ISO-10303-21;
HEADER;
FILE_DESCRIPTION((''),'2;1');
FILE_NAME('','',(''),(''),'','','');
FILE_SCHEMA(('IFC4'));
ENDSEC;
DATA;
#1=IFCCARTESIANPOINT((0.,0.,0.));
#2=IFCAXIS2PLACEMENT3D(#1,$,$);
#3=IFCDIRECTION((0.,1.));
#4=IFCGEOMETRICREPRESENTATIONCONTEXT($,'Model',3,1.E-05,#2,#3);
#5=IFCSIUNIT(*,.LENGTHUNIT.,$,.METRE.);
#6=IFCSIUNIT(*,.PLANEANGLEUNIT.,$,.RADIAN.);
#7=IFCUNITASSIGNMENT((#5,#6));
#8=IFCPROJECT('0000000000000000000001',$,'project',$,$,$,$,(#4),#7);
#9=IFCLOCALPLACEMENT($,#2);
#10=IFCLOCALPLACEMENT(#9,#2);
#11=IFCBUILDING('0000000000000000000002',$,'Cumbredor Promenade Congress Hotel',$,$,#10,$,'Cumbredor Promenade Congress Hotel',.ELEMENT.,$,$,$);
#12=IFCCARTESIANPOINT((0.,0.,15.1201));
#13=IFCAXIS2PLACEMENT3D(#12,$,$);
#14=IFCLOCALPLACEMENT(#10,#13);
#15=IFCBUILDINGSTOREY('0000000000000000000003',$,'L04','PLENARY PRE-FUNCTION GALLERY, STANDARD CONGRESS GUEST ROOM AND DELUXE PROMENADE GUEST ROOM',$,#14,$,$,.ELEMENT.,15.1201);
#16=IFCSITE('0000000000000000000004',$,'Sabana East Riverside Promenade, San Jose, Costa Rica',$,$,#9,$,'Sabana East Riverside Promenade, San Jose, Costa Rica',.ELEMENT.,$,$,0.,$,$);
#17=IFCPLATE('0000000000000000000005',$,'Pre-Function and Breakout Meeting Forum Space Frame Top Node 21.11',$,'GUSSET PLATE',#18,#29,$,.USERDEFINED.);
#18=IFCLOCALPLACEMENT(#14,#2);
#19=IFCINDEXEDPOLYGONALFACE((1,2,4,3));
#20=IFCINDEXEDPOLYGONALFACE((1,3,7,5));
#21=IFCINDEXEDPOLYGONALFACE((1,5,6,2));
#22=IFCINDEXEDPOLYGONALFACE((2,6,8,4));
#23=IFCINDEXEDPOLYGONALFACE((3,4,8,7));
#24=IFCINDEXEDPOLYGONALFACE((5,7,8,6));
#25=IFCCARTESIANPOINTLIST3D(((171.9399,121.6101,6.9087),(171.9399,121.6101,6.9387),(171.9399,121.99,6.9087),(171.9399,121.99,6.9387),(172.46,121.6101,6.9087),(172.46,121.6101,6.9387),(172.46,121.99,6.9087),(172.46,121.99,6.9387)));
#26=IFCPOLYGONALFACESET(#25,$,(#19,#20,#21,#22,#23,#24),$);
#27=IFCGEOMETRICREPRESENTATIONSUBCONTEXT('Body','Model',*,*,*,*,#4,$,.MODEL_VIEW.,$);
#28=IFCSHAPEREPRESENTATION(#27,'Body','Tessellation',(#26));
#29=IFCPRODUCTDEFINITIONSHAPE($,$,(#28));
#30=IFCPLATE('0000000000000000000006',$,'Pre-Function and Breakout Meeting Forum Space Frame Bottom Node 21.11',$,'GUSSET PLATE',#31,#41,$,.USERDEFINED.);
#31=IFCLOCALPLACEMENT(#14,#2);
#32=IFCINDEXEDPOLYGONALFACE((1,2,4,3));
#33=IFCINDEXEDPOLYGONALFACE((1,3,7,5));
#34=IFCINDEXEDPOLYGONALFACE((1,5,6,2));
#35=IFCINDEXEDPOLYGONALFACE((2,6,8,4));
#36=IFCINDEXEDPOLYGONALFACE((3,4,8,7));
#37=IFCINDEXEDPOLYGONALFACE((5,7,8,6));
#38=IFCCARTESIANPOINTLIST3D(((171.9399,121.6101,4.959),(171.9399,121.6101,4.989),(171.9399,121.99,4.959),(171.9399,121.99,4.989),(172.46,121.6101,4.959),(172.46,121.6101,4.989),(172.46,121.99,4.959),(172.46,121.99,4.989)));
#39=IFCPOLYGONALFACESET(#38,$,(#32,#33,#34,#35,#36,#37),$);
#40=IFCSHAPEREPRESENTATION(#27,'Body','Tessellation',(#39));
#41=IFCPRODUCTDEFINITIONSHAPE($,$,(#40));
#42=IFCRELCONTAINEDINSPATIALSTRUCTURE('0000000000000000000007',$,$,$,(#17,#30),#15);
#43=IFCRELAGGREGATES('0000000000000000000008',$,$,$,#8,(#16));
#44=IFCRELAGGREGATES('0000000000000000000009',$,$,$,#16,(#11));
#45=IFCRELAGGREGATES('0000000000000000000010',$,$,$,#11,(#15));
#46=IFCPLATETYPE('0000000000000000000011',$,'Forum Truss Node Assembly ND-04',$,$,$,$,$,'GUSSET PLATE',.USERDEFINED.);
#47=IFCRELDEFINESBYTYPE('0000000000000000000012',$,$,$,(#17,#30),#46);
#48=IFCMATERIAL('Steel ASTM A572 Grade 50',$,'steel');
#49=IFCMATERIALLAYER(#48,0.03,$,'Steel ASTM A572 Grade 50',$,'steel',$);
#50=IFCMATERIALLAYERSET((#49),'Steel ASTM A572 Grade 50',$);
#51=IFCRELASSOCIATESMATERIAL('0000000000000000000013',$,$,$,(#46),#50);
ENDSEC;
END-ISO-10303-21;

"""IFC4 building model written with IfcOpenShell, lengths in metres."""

from ifc_helpers import new_model, si_unit, direction, frame, origin, origin_2d, place, context, subcontext, project, spatial, rectangle, extrude, material, layer, layer_set, type_object, element, save


model = new_model("IFC4")

# Units and contexts
model_context = context("Model", 3, precision=1e-05, world=origin(), true_north=direction((0.0, 1.0)))
body_context = subcontext(model_context, "Body", "Model", "MODEL_VIEW")
ifc_project = project(units=[si_unit("LENGTHUNIT", "METRE"), si_unit("PLANEANGLEUNIT", "RADIAN")], contexts=[model_context])

# Site, building, storey
site_placement = place(None, origin())
site = spatial("IfcSite", under=ifc_project, at=site_placement, Name="Sabana East Riverside Promenade, San Jose, Costa Rica", LongName="Sabana East Riverside Promenade, San Jose, Costa Rica", CompositionType="ELEMENT", RefElevation=0.0)
building_placement = place(site_placement, origin())
building = spatial("IfcBuilding", under=site, at=building_placement, Name="Cumbredor Promenade Congress Hotel", LongName="Cumbredor Promenade Congress Hotel", CompositionType="ELEMENT")
storey_placement = place(building_placement, frame((0.0, 0.0, 15.1201)))
storey = spatial("IfcBuildingStorey", under=building, at=storey_placement, Name="L04", Description="PLENARY PRE-FUNCTION GALLERY, STANDARD CONGRESS GUEST ROOM AND DELUXE PROMENADE GUEST ROOM", CompositionType="ELEMENT", Elevation=15.1201)

# Plates
ifc_material_1 = material(Name="Steel ASTM A572 Grade 50", Category="steel")
ifc_layer_1 = layer(ifc_material_1, 0.03, Name="Steel ASTM A572 Grade 50", Category="steel")
ifc_layer_set_1 = layer_set([ifc_layer_1], Name="Steel ASTM A572 Grade 50")
plate_type_1 = type_object("IfcPlateType", Name="Forum Truss Node Assembly ND-04", ElementType="GUSSET PLATE", PredefinedType="USERDEFINED", material=ifc_layer_set_1)
for number, where, z_axis, x_axis, name in (
    (1, (172.2, 121.8, 6.9087), (0.0, 0.0, 1.0), (1.0, 0.0, 0.0), "Pre-Function and Breakout Meeting Forum Space Frame Top Node 21.11"),
    (2, (172.2, 121.8, 4.959), (0.0, 0.0, 1.0), (1.0, 0.0, 0.0), "Pre-Function and Breakout Meeting Forum Space Frame Bottom Node 21.11"),
):
    element("IfcPlate", number, at=place(storey_placement, frame(where, z_axis=z_axis, x_axis=x_axis)), inside=storey, type_object=plate_type_1, Name=name, ObjectType="GUSSET PLATE", PredefinedType="USERDEFINED", context=body_context, shape_type="SweptSolid", body=[
        extrude(rectangle(XDim=0.52, YDim=0.3799, at=origin_2d()), origin(), (0.0, 0.0, 1.0), 0.03),
    ])

save(model, "model.ifc")
